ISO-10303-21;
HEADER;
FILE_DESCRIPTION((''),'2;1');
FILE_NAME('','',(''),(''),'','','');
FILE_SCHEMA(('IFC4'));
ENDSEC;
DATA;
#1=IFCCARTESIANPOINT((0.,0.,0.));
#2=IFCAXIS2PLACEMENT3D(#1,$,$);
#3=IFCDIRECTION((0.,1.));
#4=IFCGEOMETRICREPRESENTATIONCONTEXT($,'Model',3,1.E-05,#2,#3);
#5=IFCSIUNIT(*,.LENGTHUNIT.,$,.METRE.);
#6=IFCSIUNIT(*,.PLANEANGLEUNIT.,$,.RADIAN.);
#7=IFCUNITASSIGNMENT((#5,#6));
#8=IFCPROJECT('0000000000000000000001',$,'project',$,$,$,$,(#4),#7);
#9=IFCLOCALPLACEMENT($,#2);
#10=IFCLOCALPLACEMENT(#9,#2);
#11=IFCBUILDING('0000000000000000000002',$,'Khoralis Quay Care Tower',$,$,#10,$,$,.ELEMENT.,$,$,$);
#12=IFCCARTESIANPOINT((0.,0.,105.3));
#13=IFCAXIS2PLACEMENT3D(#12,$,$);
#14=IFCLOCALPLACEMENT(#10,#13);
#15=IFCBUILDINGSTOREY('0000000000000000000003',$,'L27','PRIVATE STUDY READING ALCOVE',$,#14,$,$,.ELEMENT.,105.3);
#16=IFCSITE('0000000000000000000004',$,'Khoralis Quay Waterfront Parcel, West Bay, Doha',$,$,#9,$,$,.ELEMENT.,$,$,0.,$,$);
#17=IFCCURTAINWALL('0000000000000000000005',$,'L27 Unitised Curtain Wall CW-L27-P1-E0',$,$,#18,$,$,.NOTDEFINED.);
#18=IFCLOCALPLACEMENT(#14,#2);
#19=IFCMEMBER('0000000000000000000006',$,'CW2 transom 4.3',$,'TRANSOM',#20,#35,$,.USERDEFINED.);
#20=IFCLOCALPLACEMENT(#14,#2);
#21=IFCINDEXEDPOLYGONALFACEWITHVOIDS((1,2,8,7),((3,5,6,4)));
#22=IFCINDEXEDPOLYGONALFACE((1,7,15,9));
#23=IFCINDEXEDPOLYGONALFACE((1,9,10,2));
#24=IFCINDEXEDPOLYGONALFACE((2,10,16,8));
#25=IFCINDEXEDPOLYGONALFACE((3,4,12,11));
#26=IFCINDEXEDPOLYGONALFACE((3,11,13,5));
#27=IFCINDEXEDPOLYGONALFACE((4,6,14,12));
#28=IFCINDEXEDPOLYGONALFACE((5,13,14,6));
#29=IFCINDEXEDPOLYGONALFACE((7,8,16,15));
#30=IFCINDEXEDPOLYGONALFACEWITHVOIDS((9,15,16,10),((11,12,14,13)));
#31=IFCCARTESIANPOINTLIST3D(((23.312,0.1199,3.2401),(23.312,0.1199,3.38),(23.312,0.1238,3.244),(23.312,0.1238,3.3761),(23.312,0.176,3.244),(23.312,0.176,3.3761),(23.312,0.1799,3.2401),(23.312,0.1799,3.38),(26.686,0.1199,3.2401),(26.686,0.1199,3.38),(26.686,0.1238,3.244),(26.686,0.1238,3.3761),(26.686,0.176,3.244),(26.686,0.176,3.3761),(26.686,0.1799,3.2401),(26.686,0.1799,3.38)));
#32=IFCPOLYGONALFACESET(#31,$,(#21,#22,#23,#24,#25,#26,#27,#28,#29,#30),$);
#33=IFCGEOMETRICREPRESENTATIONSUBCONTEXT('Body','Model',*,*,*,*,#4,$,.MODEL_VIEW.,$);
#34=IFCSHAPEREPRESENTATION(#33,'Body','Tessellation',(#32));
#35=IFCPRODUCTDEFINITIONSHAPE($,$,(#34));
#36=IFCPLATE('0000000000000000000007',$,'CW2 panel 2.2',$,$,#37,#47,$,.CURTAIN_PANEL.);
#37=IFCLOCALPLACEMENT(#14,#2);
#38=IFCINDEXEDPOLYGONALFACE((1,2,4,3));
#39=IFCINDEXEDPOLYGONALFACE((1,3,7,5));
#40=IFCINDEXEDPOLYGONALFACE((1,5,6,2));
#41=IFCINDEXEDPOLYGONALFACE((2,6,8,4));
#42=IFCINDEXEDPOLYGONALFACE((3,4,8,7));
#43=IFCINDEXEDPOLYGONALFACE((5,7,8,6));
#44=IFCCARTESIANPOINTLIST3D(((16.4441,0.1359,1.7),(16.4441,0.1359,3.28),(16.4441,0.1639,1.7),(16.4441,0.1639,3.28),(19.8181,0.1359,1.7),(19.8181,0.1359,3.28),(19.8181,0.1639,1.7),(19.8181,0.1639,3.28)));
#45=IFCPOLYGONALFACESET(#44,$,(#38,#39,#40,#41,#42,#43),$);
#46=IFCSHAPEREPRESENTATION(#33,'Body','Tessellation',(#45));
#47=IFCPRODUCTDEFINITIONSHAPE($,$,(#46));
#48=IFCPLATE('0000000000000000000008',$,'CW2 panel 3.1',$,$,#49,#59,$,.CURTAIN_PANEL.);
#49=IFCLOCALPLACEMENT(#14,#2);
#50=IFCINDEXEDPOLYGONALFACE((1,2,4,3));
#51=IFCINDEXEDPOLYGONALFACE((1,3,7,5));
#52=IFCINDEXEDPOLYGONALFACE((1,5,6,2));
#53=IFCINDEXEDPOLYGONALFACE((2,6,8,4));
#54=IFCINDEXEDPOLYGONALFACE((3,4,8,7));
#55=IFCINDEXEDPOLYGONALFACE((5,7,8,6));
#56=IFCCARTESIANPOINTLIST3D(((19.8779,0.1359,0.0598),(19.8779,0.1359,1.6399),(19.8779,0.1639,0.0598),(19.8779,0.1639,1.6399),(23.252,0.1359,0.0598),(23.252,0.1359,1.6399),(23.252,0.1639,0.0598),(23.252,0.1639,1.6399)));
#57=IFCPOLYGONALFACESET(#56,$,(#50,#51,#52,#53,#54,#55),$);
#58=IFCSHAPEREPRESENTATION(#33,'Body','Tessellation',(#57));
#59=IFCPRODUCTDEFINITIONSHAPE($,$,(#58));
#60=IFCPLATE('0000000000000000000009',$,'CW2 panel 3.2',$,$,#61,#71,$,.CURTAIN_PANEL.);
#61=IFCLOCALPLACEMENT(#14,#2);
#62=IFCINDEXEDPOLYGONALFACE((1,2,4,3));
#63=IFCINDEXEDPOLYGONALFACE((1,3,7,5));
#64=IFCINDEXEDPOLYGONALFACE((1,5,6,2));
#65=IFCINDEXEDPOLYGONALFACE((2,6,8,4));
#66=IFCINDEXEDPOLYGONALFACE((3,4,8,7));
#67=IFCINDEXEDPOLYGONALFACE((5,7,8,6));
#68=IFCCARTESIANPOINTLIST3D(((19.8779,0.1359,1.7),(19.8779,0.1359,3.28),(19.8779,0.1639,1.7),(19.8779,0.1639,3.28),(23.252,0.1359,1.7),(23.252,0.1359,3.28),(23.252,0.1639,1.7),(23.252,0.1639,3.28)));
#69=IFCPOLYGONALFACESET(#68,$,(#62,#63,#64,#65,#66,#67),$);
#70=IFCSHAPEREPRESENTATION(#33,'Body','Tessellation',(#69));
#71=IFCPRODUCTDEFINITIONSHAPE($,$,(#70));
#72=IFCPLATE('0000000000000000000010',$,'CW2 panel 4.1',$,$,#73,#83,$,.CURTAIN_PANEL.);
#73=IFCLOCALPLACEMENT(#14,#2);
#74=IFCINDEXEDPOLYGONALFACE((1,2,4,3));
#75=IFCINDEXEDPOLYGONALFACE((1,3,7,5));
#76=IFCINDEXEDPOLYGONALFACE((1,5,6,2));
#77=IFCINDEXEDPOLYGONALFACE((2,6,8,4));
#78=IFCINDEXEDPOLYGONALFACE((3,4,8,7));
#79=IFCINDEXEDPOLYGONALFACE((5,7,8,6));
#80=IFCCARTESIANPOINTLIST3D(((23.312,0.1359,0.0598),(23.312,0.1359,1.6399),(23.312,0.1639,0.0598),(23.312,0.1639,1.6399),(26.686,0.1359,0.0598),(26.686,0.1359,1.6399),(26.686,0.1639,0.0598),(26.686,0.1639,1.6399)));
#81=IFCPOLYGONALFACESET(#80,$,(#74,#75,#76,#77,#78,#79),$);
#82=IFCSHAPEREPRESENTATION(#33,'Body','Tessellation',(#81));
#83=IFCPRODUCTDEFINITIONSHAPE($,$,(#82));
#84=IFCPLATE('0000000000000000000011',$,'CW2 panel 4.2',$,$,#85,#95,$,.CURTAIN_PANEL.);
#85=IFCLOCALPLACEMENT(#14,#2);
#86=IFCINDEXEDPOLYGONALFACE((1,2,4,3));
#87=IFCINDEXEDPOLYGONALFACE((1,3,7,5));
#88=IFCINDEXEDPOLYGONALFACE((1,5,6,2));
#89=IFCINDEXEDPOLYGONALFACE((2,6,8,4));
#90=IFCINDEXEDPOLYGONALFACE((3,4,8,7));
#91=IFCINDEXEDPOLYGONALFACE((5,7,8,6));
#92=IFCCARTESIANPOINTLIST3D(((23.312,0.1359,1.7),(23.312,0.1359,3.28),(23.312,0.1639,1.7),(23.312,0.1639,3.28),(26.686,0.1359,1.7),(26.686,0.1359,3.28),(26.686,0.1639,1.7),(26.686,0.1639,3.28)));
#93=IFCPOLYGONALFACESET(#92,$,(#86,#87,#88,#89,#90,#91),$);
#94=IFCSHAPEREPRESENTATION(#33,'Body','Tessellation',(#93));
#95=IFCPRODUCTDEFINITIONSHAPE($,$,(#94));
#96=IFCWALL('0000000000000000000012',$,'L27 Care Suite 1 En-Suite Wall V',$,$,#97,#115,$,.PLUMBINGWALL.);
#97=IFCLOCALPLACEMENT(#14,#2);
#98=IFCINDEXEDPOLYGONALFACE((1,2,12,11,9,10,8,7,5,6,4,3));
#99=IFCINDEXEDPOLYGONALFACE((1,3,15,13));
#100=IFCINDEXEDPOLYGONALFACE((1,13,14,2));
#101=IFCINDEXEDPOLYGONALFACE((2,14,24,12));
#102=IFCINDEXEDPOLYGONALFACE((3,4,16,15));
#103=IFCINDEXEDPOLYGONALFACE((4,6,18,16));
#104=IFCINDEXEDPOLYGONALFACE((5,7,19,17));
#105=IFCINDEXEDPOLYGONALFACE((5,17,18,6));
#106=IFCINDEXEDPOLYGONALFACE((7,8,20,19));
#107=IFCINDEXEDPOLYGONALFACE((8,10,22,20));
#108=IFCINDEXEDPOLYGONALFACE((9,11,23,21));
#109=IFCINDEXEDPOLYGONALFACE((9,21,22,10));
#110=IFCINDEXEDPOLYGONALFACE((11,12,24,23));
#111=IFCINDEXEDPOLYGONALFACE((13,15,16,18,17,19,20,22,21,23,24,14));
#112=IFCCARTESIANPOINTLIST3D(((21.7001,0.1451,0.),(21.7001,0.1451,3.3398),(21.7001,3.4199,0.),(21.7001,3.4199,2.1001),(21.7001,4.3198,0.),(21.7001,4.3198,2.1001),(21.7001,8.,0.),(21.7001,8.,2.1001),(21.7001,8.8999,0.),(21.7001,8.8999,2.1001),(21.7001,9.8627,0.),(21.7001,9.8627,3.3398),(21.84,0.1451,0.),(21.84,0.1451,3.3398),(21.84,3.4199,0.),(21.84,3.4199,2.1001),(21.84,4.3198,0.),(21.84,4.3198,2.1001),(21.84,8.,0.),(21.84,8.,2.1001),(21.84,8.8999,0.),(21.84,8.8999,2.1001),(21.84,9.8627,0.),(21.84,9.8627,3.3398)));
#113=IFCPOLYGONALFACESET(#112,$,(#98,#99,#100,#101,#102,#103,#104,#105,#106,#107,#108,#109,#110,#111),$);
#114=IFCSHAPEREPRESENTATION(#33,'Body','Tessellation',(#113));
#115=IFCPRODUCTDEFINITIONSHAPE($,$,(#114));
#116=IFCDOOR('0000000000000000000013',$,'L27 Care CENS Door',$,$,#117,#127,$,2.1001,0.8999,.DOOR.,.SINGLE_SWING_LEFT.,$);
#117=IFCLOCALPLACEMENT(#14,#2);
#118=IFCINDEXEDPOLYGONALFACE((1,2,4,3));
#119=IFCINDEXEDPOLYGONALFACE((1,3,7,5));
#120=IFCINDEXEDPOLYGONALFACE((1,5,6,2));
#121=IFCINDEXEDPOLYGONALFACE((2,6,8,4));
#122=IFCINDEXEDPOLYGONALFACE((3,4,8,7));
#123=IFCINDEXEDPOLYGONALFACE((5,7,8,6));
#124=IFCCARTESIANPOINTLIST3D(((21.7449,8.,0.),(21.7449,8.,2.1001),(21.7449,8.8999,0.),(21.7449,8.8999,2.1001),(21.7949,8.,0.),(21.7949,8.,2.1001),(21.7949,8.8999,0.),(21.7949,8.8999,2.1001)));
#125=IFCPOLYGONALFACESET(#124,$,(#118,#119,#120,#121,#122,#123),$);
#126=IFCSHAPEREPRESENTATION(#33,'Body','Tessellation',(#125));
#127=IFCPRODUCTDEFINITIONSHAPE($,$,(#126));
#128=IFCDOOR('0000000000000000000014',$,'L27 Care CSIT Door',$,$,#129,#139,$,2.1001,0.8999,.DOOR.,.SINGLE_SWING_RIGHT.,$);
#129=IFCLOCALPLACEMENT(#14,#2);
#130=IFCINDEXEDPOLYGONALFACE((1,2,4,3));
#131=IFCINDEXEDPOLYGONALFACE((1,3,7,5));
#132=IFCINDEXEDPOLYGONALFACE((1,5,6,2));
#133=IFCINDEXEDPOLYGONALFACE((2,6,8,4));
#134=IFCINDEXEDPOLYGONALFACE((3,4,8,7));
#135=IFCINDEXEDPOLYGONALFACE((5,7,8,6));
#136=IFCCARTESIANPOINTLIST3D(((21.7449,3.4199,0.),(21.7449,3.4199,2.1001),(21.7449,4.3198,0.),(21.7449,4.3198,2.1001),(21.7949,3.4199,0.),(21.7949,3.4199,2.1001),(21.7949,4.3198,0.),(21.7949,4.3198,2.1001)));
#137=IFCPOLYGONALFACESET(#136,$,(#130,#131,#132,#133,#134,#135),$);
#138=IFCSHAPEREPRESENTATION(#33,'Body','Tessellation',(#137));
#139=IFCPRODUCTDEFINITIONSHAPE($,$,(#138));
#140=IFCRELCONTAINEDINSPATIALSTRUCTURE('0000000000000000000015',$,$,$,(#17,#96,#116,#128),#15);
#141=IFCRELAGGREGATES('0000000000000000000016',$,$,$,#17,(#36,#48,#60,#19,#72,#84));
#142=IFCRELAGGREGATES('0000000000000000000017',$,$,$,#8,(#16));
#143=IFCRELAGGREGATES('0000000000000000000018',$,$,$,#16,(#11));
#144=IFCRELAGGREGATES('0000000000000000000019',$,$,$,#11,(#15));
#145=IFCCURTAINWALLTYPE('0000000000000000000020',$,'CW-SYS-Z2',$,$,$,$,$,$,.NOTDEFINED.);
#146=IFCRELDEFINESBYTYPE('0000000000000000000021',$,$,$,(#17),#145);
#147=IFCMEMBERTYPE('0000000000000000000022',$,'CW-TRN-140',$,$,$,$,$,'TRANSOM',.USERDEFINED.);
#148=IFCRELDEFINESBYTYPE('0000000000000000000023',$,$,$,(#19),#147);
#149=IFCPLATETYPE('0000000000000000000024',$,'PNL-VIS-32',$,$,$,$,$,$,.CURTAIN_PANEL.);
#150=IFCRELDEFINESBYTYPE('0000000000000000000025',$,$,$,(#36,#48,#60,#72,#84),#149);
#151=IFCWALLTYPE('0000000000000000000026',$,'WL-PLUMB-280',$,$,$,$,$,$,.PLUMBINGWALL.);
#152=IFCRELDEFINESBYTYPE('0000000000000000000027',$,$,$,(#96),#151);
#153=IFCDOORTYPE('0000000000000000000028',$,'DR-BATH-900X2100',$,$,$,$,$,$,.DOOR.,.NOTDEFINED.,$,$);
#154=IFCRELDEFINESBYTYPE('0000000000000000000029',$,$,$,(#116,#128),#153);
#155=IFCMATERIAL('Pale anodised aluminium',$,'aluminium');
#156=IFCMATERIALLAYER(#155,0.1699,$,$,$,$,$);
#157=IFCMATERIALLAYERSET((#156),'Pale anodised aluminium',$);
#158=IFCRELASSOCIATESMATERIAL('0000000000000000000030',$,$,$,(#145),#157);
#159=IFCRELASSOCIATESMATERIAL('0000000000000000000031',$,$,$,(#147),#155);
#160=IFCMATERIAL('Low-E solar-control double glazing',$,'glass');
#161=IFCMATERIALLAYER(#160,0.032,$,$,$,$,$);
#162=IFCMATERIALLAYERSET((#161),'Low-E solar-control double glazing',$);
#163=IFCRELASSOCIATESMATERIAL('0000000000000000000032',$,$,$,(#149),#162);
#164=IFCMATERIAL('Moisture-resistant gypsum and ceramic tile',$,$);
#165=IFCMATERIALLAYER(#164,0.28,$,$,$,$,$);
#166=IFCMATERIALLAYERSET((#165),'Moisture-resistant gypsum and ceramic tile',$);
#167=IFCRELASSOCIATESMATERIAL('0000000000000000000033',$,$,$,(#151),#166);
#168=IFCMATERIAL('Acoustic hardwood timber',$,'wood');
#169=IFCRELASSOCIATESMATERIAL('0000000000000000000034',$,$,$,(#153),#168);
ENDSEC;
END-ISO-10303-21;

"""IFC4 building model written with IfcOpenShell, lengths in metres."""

from ifc_helpers import new_model, si_unit, direction, frame, frame_2d, origin, origin_2d, place, context, subcontext, project, spatial, rectangle, hollow_rectangle, extrude, source, transform, mapped, material, layer, layer_set, material_profile, profile_set, type_object, element, fill, aggregate, save


model = new_model("IFC4")

# Units and contexts
model_context = context("Model", 3, precision=1e-05, world=origin(), true_north=direction((0.0, 1.0)))
body_context = subcontext(model_context, "Body", "Model", "MODEL_VIEW")
ifc_project = project(units=[si_unit("LENGTHUNIT", "METRE"), si_unit("PLANEANGLEUNIT", "RADIAN")], contexts=[model_context])

# Site, building, storey
site_placement = place(None, origin())
site = spatial("IfcSite", under=ifc_project, at=site_placement, Name="Khoralis Quay Waterfront Parcel, West Bay, Doha", CompositionType="ELEMENT", RefElevation=0.0)
building_placement = place(site_placement, origin())
building = spatial("IfcBuilding", under=site, at=building_placement, Name="Khoralis Quay Care Tower", CompositionType="ELEMENT")
storey_placement = place(building_placement, frame((0.0, 0.0, 105.3)))
storey = spatial("IfcBuildingStorey", under=building, at=storey_placement, Name="L27", Description="PRIVATE STUDY READING ALCOVE", CompositionType="ELEMENT", Elevation=105.3)

# Curtain wall, member, plates
ifc_material_1 = material(Name="Pale anodised aluminium", Category="aluminium")
ifc_layer_1 = layer(ifc_material_1, 0.1699)
ifc_layer_set_1 = layer_set([ifc_layer_1], Name="Pale anodised aluminium")
curtain_wall_type = type_object("IfcCurtainWallType", Name="CW-SYS-Z2", PredefinedType="NOTDEFINED", material=ifc_layer_set_1)
curtain_wall_placement = place(storey_placement, origin())
curtain_wall = element("IfcCurtainWall", 1, at=curtain_wall_placement, inside=storey, type_object=curtain_wall_type, Name="L27 Unitised Curtain Wall CW-L27-P1-E0", PredefinedType="NOTDEFINED")
ifc_material_profile_1 = material_profile(ifc_material_1, hollow_rectangle(XDim=0.0601, YDim=0.1399, WallThickness=0.0039, at=origin_2d()), Name="Pale anodised aluminium")
ifc_profile_set_1 = profile_set([ifc_material_profile_1], Name="Pale anodised aluminium")
member_type_1 = type_object("IfcMemberType", Name="CW-TRN-140", ElementType="TRANSOM", PredefinedType="USERDEFINED", material=ifc_profile_set_1)
shared_shape_1 = source(origin(), body_context, "Body", "SweptSolid", [
    extrude(hollow_rectangle(XDim=0.0601, YDim=0.1399, WallThickness=0.0039, at=origin_2d()), origin(), (0.0, 0.0, 1.0), 3.374),
])
member_1_placement = place(storey_placement, frame((23.312, 0.1499, 3.3101), z_axis=(1.0, 0.0, 0.0), x_axis=(0.0, 1.0, 0.0)))
member_1 = element("IfcMember", 2, at=member_1_placement, type_object=member_type_1, Name="CW2 transom 4.3", ObjectType="TRANSOM", PredefinedType="USERDEFINED", context=body_context, shape_type="MappedRepresentation", body=[
    mapped(shared_shape_1, transform((0.0, 0.0, 0.0), scale=1.0)),
])
ifc_material_2 = material(Name="Low-E solar-control double glazing", Category="glass")
ifc_layer_2 = layer(ifc_material_2, 0.032)
ifc_layer_set_2 = layer_set([ifc_layer_2], Name="Low-E solar-control double glazing")
plate_type = type_object("IfcPlateType", Name="PNL-VIS-32", PredefinedType="CURTAIN_PANEL", material=ifc_layer_set_2)
shared_shape_2 = source(origin(), body_context, "Body", "SweptSolid", [
    extrude(rectangle(XDim=3.374, YDim=0.0281, at=origin_2d()), origin(), (0.0, 0.0, 1.0), 1.5801),
])
plate_1_placement = place(storey_placement, frame((18.1311, 0.1499, 1.7), z_axis=(0.0, 0.0, 1.0), x_axis=(1.0, 0.0, 0.0)))
plate_1 = element("IfcPlate", 3, at=plate_1_placement, type_object=plate_type, Name="CW2 panel 2.2", PredefinedType="CURTAIN_PANEL", context=body_context, shape_type="MappedRepresentation", body=[
    mapped(shared_shape_2, transform((0.0, 0.0, 0.0), scale=1.0)),
])
plate_2_placement = place(storey_placement, frame((21.5649, 0.1499, 0.0598), z_axis=(0.0, 0.0, 1.0), x_axis=(1.0, 0.0, 0.0)))
plate_2 = element("IfcPlate", 4, at=plate_2_placement, type_object=plate_type, Name="CW2 panel 3.1", PredefinedType="CURTAIN_PANEL", context=body_context, shape_type="MappedRepresentation", body=[
    mapped(shared_shape_2, transform((0.0, 0.0, 0.0), scale=1.0)),
])
plate_3_placement = place(storey_placement, frame((21.5649, 0.1499, 1.7), z_axis=(0.0, 0.0, 1.0), x_axis=(1.0, 0.0, 0.0)))
plate_3 = element("IfcPlate", 5, at=plate_3_placement, type_object=plate_type, Name="CW2 panel 3.2", PredefinedType="CURTAIN_PANEL", context=body_context, shape_type="MappedRepresentation", body=[
    mapped(shared_shape_2, transform((0.0, 0.0, 0.0), scale=1.0)),
])
plate_4_placement = place(storey_placement, frame((24.999, 0.1499, 0.0598), z_axis=(0.0, 0.0, 1.0), x_axis=(1.0, 0.0, 0.0)))
plate_4 = element("IfcPlate", 6, at=plate_4_placement, type_object=plate_type, Name="CW2 panel 4.1", PredefinedType="CURTAIN_PANEL", context=body_context, shape_type="MappedRepresentation", body=[
    mapped(shared_shape_2, transform((0.0, 0.0, 0.0), scale=1.0)),
])
plate_5_placement = place(storey_placement, frame((24.999, 0.1499, 1.7), z_axis=(0.0, 0.0, 1.0), x_axis=(1.0, 0.0, 0.0)))
plate_5 = element("IfcPlate", 7, at=plate_5_placement, type_object=plate_type, Name="CW2 panel 4.2", PredefinedType="CURTAIN_PANEL", context=body_context, shape_type="MappedRepresentation", body=[
    mapped(shared_shape_2, transform((0.0, 0.0, 0.0), scale=1.0)),
])
aggregate(curtain_wall, [plate_1, plate_2, plate_3, member_1, plate_4, plate_5])

# Wall, openings, doors
ifc_material_3 = material(Name="Moisture-resistant gypsum and ceramic tile")
ifc_layer_3 = layer(ifc_material_3, 0.28)
ifc_layer_set_3 = layer_set([ifc_layer_3], Name="Moisture-resistant gypsum and ceramic tile")
wall_type_1 = type_object("IfcWallType", Name="WL-PLUMB-280", PredefinedType="PLUMBINGWALL", material=ifc_layer_set_3)
wall_1_placement = place(storey_placement, frame((21.77, 0.145, 0.0), z_axis=(0.0, 0.0, 1.0), x_axis=(0.0, 1.0, 0.0)))
wall_1 = element("IfcWall", 8, at=wall_1_placement, inside=storey, type_object=wall_type_1, Name="L27 Care Suite 1 En-Suite Wall V", PredefinedType="PLUMBINGWALL", context=body_context, shape_type="SweptSolid", body=[
    extrude(rectangle(XDim=9.7175, YDim=0.1399, at=frame_2d((4.8589, 0.0))), origin(), (0.0, 0.0, 1.0), 3.3398),
])
opening_1_placement = place(wall_1_placement, frame((7.855, 0.0, 0.0)))
opening_1 = element("IfcOpeningElement", 9, at=opening_1_placement, cuts=wall_1, PredefinedType="OPENING", context=body_context, shape_type="SweptSolid", body=[
    extrude(rectangle(XDim=0.8999, YDim=2.1001, at=frame_2d((0.45, 1.05))), frame((0.0, 0.0801, 0.0), z_axis=(0.0, -1.0, 0.0), x_axis=(1.0, 0.0, 0.0)), (0.0, 0.0, 1.0), 0.1599),
])
opening_2_placement = place(wall_1_placement, frame((3.2749, 0.0, 0.0)))
opening_2 = element("IfcOpeningElement", 10, at=opening_2_placement, cuts=wall_1, PredefinedType="OPENING", context=body_context, shape_type="SweptSolid", body=[
    extrude(rectangle(XDim=0.8999, YDim=2.1001, at=frame_2d((0.45, 1.05))), frame((0.0, 0.0801, 0.0), z_axis=(0.0, -1.0, 0.0), x_axis=(1.0, 0.0, 0.0)), (0.0, 0.0, 1.0), 0.1599),
])
ifc_material_4 = material(Name="Acoustic hardwood timber", Category="wood")
door_type = type_object("IfcDoorType", Name="DR-BATH-900X2100", OperationType="NOTDEFINED", PredefinedType="DOOR", material=ifc_material_4)
shared_shape_3 = source(origin(), body_context, "Body", "SweptSolid", [
    extrude(rectangle(XDim=0.8999, YDim=2.1001, at=frame_2d((0.45, 1.05))), frame((0.0, 0.0249, 0.0), z_axis=(0.0, -1.0, 0.0), x_axis=(1.0, 0.0, 0.0)), (0.0, 0.0, 1.0), 0.05),
])
door_1_placement = place(opening_1_placement, frame((0.8999, 0.0, 0.0), z_axis=(0.0, 0.0, 1.0), x_axis=(-1.0, 0.0, 0.0)))
door_1 = element("IfcDoor", 11, at=door_1_placement, inside=storey, type_object=door_type, Name="L27 Care CENS Door", OperationType="SINGLE_SWING_LEFT", OverallHeight=2.1001, OverallWidth=0.8999, PredefinedType="DOOR", context=body_context, shape_type="MappedRepresentation", body=[
    mapped(shared_shape_3, transform((0.0, 0.0, 0.0), scale=1.0)),
])
fill(opening_1, door_1)
door_2_placement = place(opening_2_placement, frame((0.8999, 0.0, 0.0), z_axis=(0.0, 0.0, 1.0), x_axis=(-1.0, 0.0, 0.0)))
door_2 = element("IfcDoor", 12, at=door_2_placement, inside=storey, type_object=door_type, Name="L27 Care CSIT Door", OperationType="SINGLE_SWING_RIGHT", OverallHeight=2.1001, OverallWidth=0.8999, PredefinedType="DOOR", context=body_context, shape_type="MappedRepresentation", body=[
    mapped(shared_shape_3, transform((0.0, 0.0, 0.0), scale=1.0)),
])
fill(opening_2, door_2)

save(model, "model.ifc")
